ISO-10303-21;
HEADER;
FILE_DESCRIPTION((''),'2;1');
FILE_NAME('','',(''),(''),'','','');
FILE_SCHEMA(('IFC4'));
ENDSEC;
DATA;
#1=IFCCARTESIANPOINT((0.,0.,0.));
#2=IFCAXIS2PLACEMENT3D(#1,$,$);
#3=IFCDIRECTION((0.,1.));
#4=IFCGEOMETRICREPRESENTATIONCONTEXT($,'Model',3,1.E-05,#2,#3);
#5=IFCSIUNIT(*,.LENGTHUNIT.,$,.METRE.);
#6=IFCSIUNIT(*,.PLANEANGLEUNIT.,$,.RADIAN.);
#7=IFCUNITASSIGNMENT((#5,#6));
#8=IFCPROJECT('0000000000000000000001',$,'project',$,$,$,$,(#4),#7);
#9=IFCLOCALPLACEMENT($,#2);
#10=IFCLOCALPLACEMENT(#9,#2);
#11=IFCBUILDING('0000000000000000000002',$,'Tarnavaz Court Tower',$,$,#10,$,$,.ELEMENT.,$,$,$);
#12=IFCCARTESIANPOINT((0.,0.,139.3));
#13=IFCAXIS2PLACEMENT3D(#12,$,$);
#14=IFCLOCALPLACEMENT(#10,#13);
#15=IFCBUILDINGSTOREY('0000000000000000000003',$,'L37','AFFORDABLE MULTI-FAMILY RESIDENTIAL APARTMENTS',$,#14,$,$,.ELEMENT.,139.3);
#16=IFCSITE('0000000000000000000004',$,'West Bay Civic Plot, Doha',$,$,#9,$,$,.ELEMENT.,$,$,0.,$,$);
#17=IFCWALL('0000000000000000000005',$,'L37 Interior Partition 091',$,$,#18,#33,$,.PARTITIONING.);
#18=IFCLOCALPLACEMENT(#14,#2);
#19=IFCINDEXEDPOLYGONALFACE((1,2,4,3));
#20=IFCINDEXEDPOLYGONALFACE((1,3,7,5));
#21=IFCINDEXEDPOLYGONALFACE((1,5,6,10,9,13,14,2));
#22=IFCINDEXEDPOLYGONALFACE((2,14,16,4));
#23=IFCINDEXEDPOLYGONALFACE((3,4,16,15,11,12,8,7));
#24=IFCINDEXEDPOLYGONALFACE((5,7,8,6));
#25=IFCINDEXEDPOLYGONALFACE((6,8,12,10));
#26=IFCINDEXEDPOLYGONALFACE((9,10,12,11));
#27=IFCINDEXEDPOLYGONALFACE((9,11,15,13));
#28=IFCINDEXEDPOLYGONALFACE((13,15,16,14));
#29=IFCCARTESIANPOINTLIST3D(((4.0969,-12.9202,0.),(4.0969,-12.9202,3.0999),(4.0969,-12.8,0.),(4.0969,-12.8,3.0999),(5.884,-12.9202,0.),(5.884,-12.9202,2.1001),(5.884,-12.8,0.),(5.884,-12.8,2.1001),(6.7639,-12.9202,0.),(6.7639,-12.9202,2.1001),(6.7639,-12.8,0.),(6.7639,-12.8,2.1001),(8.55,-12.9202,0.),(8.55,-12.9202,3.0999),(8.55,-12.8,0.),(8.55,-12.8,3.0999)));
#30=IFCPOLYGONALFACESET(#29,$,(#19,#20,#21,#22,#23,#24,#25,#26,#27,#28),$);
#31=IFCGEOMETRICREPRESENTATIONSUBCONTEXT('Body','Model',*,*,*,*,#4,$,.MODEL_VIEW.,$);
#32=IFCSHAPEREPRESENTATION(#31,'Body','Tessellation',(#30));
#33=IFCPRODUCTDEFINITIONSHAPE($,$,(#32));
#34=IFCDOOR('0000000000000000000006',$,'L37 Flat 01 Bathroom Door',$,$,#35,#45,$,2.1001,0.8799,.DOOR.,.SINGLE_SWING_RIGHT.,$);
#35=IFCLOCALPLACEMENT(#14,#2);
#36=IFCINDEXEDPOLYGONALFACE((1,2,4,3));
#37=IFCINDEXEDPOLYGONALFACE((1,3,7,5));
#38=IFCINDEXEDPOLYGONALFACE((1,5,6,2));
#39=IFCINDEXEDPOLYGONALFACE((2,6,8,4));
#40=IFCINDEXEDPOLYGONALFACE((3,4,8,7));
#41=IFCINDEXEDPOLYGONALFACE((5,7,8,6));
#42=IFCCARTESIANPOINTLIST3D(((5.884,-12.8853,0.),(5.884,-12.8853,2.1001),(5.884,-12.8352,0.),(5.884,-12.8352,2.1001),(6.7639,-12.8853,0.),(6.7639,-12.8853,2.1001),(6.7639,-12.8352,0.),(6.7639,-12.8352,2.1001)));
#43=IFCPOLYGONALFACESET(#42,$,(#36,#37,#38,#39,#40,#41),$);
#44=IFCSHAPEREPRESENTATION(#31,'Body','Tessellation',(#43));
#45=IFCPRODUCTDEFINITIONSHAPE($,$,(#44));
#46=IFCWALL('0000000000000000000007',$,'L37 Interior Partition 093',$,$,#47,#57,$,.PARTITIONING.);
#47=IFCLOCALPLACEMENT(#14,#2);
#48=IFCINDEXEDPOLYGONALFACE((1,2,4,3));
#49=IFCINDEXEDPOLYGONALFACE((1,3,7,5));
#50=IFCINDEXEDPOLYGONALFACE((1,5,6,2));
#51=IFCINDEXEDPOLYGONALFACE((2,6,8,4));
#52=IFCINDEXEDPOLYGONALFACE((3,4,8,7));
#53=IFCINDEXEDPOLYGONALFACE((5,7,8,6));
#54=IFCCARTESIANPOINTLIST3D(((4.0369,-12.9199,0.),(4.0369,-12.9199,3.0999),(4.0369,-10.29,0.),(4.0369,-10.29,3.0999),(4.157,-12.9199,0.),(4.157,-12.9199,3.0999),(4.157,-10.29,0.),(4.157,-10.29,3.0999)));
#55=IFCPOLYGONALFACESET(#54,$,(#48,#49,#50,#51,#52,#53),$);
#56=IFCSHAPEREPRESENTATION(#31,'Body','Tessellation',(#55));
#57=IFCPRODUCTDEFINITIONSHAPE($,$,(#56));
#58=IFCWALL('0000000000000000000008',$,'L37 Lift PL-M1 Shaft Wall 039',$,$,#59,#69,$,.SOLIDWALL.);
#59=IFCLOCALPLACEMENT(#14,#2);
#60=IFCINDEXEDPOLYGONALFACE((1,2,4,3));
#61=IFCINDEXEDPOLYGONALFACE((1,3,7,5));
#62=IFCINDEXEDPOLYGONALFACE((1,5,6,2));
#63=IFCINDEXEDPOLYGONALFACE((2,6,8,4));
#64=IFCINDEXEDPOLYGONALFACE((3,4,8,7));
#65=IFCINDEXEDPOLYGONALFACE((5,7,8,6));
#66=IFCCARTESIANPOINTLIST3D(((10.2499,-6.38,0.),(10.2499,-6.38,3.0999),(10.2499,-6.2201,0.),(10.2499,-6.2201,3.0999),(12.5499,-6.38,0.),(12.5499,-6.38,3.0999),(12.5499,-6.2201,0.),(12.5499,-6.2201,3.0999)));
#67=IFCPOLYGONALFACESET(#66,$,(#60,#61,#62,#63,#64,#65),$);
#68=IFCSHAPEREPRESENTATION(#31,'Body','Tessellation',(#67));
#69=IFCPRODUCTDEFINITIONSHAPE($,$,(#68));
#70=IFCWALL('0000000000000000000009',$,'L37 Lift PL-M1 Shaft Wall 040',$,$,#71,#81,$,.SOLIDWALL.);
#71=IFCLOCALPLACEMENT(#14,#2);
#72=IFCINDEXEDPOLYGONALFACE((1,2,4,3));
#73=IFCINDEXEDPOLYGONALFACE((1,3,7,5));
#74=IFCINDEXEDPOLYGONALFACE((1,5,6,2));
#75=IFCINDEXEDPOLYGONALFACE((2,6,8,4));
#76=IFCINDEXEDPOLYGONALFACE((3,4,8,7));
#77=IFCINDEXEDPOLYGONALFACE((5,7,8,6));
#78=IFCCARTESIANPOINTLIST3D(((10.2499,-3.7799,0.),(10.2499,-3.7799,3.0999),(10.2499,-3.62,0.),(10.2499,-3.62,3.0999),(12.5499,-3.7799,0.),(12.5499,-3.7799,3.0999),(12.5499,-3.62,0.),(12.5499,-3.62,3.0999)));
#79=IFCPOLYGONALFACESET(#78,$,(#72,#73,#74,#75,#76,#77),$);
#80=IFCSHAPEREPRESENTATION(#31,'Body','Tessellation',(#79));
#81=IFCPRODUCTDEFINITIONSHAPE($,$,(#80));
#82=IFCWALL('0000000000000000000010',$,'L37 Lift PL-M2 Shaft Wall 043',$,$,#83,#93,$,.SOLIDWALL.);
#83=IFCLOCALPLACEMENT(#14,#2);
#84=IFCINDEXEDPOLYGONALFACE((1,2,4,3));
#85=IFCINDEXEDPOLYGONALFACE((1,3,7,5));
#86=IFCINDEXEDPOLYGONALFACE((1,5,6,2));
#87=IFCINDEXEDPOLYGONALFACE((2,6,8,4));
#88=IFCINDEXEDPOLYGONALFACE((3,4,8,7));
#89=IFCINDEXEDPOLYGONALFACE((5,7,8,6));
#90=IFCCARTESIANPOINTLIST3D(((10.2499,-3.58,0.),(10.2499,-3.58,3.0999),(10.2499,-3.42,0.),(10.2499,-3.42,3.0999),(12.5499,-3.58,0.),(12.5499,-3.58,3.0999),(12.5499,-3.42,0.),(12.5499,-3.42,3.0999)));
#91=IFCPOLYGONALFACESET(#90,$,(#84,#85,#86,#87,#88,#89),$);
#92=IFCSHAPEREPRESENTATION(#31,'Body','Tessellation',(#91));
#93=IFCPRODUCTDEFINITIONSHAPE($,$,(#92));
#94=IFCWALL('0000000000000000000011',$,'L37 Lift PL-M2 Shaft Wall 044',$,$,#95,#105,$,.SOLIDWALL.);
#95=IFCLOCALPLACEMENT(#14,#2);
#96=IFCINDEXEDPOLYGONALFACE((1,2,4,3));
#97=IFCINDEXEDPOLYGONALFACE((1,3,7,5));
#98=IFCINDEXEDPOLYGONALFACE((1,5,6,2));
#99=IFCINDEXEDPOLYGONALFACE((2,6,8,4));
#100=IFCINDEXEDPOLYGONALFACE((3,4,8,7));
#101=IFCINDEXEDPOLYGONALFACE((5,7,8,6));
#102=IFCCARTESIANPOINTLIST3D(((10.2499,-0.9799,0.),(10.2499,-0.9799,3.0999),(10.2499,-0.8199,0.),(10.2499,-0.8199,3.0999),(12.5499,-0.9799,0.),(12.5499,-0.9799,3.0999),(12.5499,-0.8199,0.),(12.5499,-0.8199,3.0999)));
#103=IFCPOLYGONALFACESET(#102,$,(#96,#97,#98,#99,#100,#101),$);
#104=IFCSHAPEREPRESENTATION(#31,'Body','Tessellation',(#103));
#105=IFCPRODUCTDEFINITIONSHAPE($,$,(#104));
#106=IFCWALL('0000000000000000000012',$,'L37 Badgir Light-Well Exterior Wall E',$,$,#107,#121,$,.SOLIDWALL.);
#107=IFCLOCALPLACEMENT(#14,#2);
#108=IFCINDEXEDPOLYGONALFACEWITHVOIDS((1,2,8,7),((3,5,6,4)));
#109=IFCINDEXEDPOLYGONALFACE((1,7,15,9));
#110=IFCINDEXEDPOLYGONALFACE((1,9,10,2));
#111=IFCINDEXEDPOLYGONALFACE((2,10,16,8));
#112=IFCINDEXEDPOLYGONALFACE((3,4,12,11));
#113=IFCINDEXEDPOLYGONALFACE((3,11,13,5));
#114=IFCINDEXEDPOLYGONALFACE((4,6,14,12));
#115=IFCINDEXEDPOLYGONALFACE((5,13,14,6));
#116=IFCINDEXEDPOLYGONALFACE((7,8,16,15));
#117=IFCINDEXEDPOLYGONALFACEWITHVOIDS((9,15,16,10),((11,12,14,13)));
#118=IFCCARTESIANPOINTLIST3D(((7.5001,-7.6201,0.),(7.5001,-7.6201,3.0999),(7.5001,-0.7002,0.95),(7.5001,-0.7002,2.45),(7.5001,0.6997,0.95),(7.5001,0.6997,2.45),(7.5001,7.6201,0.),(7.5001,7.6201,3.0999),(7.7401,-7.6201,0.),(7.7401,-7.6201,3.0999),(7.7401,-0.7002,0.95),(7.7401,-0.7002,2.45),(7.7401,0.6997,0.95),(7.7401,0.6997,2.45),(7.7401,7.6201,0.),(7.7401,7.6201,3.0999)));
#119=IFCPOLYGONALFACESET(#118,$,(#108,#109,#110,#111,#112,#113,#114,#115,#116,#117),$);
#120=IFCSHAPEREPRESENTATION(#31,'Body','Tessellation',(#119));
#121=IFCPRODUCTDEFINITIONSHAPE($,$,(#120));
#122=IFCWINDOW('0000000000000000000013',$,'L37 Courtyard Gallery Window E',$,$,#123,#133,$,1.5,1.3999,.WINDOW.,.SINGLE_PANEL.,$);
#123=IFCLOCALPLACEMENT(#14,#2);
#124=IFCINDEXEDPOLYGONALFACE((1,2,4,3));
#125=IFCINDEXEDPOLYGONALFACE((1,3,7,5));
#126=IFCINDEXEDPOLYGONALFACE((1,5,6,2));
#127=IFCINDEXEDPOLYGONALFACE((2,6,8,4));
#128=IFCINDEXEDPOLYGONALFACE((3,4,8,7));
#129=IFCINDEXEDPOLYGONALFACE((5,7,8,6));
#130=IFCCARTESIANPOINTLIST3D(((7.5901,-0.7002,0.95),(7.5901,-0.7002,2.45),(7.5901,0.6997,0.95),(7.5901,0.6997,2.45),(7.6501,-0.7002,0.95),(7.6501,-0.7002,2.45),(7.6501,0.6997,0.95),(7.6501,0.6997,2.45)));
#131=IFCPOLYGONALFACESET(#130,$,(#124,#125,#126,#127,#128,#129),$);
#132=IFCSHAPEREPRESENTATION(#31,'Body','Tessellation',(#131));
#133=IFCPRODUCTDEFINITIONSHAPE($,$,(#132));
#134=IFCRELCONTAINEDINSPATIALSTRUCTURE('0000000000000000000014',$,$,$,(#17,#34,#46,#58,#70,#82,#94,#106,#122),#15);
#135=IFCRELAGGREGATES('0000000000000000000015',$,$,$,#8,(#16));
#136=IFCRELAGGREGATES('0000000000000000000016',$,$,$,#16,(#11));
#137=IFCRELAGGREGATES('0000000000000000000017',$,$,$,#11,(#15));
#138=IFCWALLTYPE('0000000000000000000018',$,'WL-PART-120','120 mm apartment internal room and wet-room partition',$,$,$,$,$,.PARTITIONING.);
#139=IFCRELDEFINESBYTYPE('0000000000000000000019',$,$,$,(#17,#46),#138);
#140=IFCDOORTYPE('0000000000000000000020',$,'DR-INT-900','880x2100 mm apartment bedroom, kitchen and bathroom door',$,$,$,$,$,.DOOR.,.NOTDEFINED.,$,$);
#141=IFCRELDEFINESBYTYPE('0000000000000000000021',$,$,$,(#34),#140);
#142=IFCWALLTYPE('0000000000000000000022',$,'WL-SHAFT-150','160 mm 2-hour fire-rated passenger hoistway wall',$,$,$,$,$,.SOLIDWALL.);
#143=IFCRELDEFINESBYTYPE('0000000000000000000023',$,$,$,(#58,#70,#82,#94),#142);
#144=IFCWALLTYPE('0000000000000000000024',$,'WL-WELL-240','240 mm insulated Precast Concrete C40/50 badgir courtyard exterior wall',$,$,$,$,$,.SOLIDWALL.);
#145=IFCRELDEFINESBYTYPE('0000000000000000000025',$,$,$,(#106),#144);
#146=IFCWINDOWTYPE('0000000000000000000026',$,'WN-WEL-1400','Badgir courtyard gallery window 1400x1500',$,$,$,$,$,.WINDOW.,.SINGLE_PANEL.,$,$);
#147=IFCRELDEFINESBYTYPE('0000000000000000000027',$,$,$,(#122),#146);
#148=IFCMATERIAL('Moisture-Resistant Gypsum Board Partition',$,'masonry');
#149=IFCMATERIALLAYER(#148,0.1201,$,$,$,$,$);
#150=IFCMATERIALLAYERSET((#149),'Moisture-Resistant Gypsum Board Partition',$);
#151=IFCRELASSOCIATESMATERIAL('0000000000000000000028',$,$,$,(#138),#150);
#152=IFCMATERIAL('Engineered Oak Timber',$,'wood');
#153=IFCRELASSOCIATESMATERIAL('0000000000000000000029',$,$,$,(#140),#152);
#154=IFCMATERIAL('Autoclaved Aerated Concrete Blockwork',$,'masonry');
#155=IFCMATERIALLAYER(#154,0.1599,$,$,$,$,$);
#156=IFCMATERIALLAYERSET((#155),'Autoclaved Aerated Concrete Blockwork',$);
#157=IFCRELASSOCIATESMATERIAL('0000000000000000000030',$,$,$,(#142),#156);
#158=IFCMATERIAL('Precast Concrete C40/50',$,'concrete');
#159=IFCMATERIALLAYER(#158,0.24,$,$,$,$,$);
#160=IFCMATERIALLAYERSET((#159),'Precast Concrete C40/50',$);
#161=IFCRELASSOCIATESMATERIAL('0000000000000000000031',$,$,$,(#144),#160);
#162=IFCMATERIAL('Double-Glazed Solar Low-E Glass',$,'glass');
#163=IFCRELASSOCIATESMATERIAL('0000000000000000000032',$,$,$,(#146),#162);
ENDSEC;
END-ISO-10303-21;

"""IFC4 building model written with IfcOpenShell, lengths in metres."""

from ifc_helpers import new_model, si_unit, direction, frame, frame_2d, origin, place, context, subcontext, project, spatial, rectangle, extrude, material, layer, layer_set, type_object, element, fill, save


model = new_model("IFC4")

# Units and contexts
model_context = context("Model", 3, precision=1e-05, world=origin(), true_north=direction((0.0, 1.0)))
body_context = subcontext(model_context, "Body", "Model", "MODEL_VIEW")
ifc_project = project(units=[si_unit("LENGTHUNIT", "METRE"), si_unit("PLANEANGLEUNIT", "RADIAN")], contexts=[model_context])

# Site, building, storey
site_placement = place(None, origin())
site = spatial("IfcSite", under=ifc_project, at=site_placement, Name="West Bay Civic Plot, Doha", CompositionType="ELEMENT", RefElevation=0.0)
building_placement = place(site_placement, origin())
building = spatial("IfcBuilding", under=site, at=building_placement, Name="Tarnavaz Court Tower", CompositionType="ELEMENT")
storey_placement = place(building_placement, frame((0.0, 0.0, 139.3)))
storey = spatial("IfcBuildingStorey", under=building, at=storey_placement, Name="L37", Description="AFFORDABLE MULTI-FAMILY RESIDENTIAL APARTMENTS", CompositionType="ELEMENT", Elevation=139.3)

# Shared definitions
ifc_material_1 = material(Name="Engineered Oak Timber", Category="wood")

# Wall, opening, door
ifc_material_2 = material(Name="Moisture-Resistant Gypsum Board Partition", Category="masonry")
ifc_layer_1 = layer(ifc_material_2, 0.1201)
ifc_layer_set_1 = layer_set([ifc_layer_1], Name="Moisture-Resistant Gypsum Board Partition")
wall_type_1 = type_object("IfcWallType", Name="WL-PART-120", Description="120 mm apartment internal room and wet-room partition", PredefinedType="PARTITIONING", material=ifc_layer_set_1)
door_type_1 = type_object("IfcDoorType", Name="DR-INT-900", Description="880x2100 mm apartment bedroom, kitchen and bathroom door", OperationType="NOTDEFINED", PredefinedType="DOOR", material=ifc_material_1)
wall_1_placement = place(storey_placement, frame((4.0969, -12.8601, 0.0), z_axis=(0.0, 0.0, 1.0), x_axis=(1.0, 0.0, 0.0)))
wall_1 = element("IfcWall", 1, at=wall_1_placement, inside=storey, type_object=wall_type_1, Name="L37 Interior Partition 091", PredefinedType="PARTITIONING", context=body_context, shape_type="SweptSolid", body=[
    extrude(rectangle(XDim=4.4531, YDim=0.1201, at=frame_2d((2.2266, 0.0))), origin(), (0.0, 0.0, 1.0), 3.0999),
])
opening_1_placement = place(wall_1_placement, frame((1.7871, 0.0, 0.0)))
opening_1 = element("IfcOpeningElement", 2, at=opening_1_placement, cuts=wall_1, PredefinedType="OPENING", context=body_context, shape_type="SweptSolid", body=[
    extrude(rectangle(XDim=0.8799, YDim=2.1001, at=frame_2d((0.4399, 1.05))), frame((0.0, 0.0701, 0.0), z_axis=(0.0, -1.0, 0.0), x_axis=(1.0, 0.0, 0.0)), (0.0, 0.0, 1.0), 0.1401),
])
door_1_placement = place(opening_1_placement, origin())
door_1 = element("IfcDoor", 3, at=door_1_placement, inside=storey, type_object=door_type_1, Name="L37 Flat 01 Bathroom Door", OperationType="SINGLE_SWING_RIGHT", OverallHeight=2.1001, OverallWidth=0.8799, PredefinedType="DOOR", context=body_context, shape_type="SweptSolid", body=[
    extrude(rectangle(XDim=0.8799, YDim=2.1001, at=frame_2d((0.4399, 1.05))), frame((0.0, 0.0249, 0.0), z_axis=(0.0, -1.0, 0.0), x_axis=(1.0, 0.0, 0.0)), (0.0, 0.0, 1.0), 0.05),
])
fill(opening_1, door_1)

# Wall
wall_2_placement = place(storey_placement, frame((4.0969, -12.9199, 0.0), z_axis=(0.0, 0.0, 1.0), x_axis=(0.0, 1.0, 0.0)))
element("IfcWall", 4, at=wall_2_placement, inside=storey, type_object=wall_type_1, Name="L37 Interior Partition 093", PredefinedType="PARTITIONING", context=body_context, shape_type="SweptSolid", body=[
    extrude(rectangle(XDim=2.6299, YDim=0.1201, at=frame_2d((1.3149, 0.0))), origin(), (0.0, 0.0, 1.0), 3.0999),
])

# Shared definitions
ifc_material_3 = material(Name="Autoclaved Aerated Concrete Blockwork", Category="masonry")
ifc_layer_2 = layer(ifc_material_3, 0.1599)
ifc_layer_set_2 = layer_set([ifc_layer_2], Name="Autoclaved Aerated Concrete Blockwork")
wall_type_2 = type_object("IfcWallType", Name="WL-SHAFT-150", Description="160 mm 2-hour fire-rated passenger hoistway wall", PredefinedType="SOLIDWALL", material=ifc_layer_set_2)

# Walls
for number, where, z_axis, x_axis, name in (
    (5, (10.25, -6.3, 0.0), (0.0, 0.0, 1.0), (1.0, 0.0, 0.0), "L37 Lift PL-M1 Shaft Wall 039"),
    (6, (10.25, -3.7, 0.0), (0.0, 0.0, 1.0), (1.0, 0.0, 0.0), "L37 Lift PL-M1 Shaft Wall 040"),
):
    element("IfcWall", number, at=place(storey_placement, frame(where, z_axis=z_axis, x_axis=x_axis)), inside=storey, type_object=wall_type_2, Name=name, PredefinedType="SOLIDWALL", context=body_context, shape_type="SweptSolid", body=[
        extrude(rectangle(XDim=2.3, YDim=0.1599, at=frame_2d((1.1499, 0.0))), origin(), (0.0, 0.0, 1.0), 3.0999),
    ])

# Walls
for number, where, z_axis, x_axis, name in (
    (7, (10.25, -3.5, 0.0), (0.0, 0.0, 1.0), (1.0, 0.0, 0.0), "L37 Lift PL-M2 Shaft Wall 043"),
    (8, (10.25, -0.8999, 0.0), (0.0, 0.0, 1.0), (1.0, 0.0, 0.0), "L37 Lift PL-M2 Shaft Wall 044"),
):
    element("IfcWall", number, at=place(storey_placement, frame(where, z_axis=z_axis, x_axis=x_axis)), inside=storey, type_object=wall_type_2, Name=name, PredefinedType="SOLIDWALL", context=body_context, shape_type="SweptSolid", body=[
        extrude(rectangle(XDim=2.3, YDim=0.1599, at=frame_2d((1.1499, 0.0))), origin(), (0.0, 0.0, 1.0), 3.0999),
    ])

# Wall, opening, window
ifc_material_4 = material(Name="Precast Concrete C40/50", Category="concrete")
ifc_layer_3 = layer(ifc_material_4, 0.24)
ifc_layer_set_3 = layer_set([ifc_layer_3], Name="Precast Concrete C40/50")
wall_type_3 = type_object("IfcWallType", Name="WL-WELL-240", Description="240 mm insulated Precast Concrete C40/50 badgir courtyard exterior wall", PredefinedType="SOLIDWALL", material=ifc_layer_set_3)
wall_3_placement = place(storey_placement, frame((7.6201, -7.6201, 0.0), z_axis=(0.0, 0.0, 1.0), x_axis=(0.0, 1.0, 0.0)))
wall_3 = element("IfcWall", 9, at=wall_3_placement, inside=storey, type_object=wall_type_3, Name="L37 Badgir Light-Well Exterior Wall E", PredefinedType="SOLIDWALL", context=body_context, shape_type="SweptSolid", body=[
    extrude(rectangle(XDim=15.2402, YDim=0.24, at=frame_2d((7.6201, 0.0))), origin(), (0.0, 0.0, 1.0), 3.0999),
])
opening_2_placement = place(wall_3_placement, frame((6.9199, 0.0, 0.95)))
opening_2 = element("IfcOpeningElement", 10, at=opening_2_placement, cuts=wall_3, PredefinedType="OPENING", context=body_context, shape_type="SweptSolid", body=[
    extrude(rectangle(XDim=1.3999, YDim=1.5, at=frame_2d((0.7, 0.75))), frame((0.0, 0.1299, 0.0), z_axis=(0.0, -1.0, 0.0), x_axis=(1.0, 0.0, 0.0)), (0.0, 0.0, 1.0), 0.26),
])
ifc_material_5 = material(Name="Double-Glazed Solar Low-E Glass", Category="glass")
window_type = type_object("IfcWindowType", Name="WN-WEL-1400", Description="Badgir courtyard gallery window 1400x1500", PartitioningType="SINGLE_PANEL", PredefinedType="WINDOW", material=ifc_material_5)
window_placement = place(opening_2_placement, origin())
window = element("IfcWindow", 11, at=window_placement, inside=storey, type_object=window_type, Name="L37 Courtyard Gallery Window E", OverallHeight=1.5, OverallWidth=1.3999, PartitioningType="SINGLE_PANEL", PredefinedType="WINDOW", context=body_context, shape_type="SweptSolid", body=[
    extrude(rectangle(XDim=1.3999, YDim=1.5, at=frame_2d((0.7, 0.75))), frame((0.0, 0.03, 0.0), z_axis=(0.0, -1.0, 0.0), x_axis=(1.0, 0.0, 0.0)), (0.0, 0.0, 1.0), 0.0601),
])
fill(opening_2, window)

save(model, "model.ifc")
